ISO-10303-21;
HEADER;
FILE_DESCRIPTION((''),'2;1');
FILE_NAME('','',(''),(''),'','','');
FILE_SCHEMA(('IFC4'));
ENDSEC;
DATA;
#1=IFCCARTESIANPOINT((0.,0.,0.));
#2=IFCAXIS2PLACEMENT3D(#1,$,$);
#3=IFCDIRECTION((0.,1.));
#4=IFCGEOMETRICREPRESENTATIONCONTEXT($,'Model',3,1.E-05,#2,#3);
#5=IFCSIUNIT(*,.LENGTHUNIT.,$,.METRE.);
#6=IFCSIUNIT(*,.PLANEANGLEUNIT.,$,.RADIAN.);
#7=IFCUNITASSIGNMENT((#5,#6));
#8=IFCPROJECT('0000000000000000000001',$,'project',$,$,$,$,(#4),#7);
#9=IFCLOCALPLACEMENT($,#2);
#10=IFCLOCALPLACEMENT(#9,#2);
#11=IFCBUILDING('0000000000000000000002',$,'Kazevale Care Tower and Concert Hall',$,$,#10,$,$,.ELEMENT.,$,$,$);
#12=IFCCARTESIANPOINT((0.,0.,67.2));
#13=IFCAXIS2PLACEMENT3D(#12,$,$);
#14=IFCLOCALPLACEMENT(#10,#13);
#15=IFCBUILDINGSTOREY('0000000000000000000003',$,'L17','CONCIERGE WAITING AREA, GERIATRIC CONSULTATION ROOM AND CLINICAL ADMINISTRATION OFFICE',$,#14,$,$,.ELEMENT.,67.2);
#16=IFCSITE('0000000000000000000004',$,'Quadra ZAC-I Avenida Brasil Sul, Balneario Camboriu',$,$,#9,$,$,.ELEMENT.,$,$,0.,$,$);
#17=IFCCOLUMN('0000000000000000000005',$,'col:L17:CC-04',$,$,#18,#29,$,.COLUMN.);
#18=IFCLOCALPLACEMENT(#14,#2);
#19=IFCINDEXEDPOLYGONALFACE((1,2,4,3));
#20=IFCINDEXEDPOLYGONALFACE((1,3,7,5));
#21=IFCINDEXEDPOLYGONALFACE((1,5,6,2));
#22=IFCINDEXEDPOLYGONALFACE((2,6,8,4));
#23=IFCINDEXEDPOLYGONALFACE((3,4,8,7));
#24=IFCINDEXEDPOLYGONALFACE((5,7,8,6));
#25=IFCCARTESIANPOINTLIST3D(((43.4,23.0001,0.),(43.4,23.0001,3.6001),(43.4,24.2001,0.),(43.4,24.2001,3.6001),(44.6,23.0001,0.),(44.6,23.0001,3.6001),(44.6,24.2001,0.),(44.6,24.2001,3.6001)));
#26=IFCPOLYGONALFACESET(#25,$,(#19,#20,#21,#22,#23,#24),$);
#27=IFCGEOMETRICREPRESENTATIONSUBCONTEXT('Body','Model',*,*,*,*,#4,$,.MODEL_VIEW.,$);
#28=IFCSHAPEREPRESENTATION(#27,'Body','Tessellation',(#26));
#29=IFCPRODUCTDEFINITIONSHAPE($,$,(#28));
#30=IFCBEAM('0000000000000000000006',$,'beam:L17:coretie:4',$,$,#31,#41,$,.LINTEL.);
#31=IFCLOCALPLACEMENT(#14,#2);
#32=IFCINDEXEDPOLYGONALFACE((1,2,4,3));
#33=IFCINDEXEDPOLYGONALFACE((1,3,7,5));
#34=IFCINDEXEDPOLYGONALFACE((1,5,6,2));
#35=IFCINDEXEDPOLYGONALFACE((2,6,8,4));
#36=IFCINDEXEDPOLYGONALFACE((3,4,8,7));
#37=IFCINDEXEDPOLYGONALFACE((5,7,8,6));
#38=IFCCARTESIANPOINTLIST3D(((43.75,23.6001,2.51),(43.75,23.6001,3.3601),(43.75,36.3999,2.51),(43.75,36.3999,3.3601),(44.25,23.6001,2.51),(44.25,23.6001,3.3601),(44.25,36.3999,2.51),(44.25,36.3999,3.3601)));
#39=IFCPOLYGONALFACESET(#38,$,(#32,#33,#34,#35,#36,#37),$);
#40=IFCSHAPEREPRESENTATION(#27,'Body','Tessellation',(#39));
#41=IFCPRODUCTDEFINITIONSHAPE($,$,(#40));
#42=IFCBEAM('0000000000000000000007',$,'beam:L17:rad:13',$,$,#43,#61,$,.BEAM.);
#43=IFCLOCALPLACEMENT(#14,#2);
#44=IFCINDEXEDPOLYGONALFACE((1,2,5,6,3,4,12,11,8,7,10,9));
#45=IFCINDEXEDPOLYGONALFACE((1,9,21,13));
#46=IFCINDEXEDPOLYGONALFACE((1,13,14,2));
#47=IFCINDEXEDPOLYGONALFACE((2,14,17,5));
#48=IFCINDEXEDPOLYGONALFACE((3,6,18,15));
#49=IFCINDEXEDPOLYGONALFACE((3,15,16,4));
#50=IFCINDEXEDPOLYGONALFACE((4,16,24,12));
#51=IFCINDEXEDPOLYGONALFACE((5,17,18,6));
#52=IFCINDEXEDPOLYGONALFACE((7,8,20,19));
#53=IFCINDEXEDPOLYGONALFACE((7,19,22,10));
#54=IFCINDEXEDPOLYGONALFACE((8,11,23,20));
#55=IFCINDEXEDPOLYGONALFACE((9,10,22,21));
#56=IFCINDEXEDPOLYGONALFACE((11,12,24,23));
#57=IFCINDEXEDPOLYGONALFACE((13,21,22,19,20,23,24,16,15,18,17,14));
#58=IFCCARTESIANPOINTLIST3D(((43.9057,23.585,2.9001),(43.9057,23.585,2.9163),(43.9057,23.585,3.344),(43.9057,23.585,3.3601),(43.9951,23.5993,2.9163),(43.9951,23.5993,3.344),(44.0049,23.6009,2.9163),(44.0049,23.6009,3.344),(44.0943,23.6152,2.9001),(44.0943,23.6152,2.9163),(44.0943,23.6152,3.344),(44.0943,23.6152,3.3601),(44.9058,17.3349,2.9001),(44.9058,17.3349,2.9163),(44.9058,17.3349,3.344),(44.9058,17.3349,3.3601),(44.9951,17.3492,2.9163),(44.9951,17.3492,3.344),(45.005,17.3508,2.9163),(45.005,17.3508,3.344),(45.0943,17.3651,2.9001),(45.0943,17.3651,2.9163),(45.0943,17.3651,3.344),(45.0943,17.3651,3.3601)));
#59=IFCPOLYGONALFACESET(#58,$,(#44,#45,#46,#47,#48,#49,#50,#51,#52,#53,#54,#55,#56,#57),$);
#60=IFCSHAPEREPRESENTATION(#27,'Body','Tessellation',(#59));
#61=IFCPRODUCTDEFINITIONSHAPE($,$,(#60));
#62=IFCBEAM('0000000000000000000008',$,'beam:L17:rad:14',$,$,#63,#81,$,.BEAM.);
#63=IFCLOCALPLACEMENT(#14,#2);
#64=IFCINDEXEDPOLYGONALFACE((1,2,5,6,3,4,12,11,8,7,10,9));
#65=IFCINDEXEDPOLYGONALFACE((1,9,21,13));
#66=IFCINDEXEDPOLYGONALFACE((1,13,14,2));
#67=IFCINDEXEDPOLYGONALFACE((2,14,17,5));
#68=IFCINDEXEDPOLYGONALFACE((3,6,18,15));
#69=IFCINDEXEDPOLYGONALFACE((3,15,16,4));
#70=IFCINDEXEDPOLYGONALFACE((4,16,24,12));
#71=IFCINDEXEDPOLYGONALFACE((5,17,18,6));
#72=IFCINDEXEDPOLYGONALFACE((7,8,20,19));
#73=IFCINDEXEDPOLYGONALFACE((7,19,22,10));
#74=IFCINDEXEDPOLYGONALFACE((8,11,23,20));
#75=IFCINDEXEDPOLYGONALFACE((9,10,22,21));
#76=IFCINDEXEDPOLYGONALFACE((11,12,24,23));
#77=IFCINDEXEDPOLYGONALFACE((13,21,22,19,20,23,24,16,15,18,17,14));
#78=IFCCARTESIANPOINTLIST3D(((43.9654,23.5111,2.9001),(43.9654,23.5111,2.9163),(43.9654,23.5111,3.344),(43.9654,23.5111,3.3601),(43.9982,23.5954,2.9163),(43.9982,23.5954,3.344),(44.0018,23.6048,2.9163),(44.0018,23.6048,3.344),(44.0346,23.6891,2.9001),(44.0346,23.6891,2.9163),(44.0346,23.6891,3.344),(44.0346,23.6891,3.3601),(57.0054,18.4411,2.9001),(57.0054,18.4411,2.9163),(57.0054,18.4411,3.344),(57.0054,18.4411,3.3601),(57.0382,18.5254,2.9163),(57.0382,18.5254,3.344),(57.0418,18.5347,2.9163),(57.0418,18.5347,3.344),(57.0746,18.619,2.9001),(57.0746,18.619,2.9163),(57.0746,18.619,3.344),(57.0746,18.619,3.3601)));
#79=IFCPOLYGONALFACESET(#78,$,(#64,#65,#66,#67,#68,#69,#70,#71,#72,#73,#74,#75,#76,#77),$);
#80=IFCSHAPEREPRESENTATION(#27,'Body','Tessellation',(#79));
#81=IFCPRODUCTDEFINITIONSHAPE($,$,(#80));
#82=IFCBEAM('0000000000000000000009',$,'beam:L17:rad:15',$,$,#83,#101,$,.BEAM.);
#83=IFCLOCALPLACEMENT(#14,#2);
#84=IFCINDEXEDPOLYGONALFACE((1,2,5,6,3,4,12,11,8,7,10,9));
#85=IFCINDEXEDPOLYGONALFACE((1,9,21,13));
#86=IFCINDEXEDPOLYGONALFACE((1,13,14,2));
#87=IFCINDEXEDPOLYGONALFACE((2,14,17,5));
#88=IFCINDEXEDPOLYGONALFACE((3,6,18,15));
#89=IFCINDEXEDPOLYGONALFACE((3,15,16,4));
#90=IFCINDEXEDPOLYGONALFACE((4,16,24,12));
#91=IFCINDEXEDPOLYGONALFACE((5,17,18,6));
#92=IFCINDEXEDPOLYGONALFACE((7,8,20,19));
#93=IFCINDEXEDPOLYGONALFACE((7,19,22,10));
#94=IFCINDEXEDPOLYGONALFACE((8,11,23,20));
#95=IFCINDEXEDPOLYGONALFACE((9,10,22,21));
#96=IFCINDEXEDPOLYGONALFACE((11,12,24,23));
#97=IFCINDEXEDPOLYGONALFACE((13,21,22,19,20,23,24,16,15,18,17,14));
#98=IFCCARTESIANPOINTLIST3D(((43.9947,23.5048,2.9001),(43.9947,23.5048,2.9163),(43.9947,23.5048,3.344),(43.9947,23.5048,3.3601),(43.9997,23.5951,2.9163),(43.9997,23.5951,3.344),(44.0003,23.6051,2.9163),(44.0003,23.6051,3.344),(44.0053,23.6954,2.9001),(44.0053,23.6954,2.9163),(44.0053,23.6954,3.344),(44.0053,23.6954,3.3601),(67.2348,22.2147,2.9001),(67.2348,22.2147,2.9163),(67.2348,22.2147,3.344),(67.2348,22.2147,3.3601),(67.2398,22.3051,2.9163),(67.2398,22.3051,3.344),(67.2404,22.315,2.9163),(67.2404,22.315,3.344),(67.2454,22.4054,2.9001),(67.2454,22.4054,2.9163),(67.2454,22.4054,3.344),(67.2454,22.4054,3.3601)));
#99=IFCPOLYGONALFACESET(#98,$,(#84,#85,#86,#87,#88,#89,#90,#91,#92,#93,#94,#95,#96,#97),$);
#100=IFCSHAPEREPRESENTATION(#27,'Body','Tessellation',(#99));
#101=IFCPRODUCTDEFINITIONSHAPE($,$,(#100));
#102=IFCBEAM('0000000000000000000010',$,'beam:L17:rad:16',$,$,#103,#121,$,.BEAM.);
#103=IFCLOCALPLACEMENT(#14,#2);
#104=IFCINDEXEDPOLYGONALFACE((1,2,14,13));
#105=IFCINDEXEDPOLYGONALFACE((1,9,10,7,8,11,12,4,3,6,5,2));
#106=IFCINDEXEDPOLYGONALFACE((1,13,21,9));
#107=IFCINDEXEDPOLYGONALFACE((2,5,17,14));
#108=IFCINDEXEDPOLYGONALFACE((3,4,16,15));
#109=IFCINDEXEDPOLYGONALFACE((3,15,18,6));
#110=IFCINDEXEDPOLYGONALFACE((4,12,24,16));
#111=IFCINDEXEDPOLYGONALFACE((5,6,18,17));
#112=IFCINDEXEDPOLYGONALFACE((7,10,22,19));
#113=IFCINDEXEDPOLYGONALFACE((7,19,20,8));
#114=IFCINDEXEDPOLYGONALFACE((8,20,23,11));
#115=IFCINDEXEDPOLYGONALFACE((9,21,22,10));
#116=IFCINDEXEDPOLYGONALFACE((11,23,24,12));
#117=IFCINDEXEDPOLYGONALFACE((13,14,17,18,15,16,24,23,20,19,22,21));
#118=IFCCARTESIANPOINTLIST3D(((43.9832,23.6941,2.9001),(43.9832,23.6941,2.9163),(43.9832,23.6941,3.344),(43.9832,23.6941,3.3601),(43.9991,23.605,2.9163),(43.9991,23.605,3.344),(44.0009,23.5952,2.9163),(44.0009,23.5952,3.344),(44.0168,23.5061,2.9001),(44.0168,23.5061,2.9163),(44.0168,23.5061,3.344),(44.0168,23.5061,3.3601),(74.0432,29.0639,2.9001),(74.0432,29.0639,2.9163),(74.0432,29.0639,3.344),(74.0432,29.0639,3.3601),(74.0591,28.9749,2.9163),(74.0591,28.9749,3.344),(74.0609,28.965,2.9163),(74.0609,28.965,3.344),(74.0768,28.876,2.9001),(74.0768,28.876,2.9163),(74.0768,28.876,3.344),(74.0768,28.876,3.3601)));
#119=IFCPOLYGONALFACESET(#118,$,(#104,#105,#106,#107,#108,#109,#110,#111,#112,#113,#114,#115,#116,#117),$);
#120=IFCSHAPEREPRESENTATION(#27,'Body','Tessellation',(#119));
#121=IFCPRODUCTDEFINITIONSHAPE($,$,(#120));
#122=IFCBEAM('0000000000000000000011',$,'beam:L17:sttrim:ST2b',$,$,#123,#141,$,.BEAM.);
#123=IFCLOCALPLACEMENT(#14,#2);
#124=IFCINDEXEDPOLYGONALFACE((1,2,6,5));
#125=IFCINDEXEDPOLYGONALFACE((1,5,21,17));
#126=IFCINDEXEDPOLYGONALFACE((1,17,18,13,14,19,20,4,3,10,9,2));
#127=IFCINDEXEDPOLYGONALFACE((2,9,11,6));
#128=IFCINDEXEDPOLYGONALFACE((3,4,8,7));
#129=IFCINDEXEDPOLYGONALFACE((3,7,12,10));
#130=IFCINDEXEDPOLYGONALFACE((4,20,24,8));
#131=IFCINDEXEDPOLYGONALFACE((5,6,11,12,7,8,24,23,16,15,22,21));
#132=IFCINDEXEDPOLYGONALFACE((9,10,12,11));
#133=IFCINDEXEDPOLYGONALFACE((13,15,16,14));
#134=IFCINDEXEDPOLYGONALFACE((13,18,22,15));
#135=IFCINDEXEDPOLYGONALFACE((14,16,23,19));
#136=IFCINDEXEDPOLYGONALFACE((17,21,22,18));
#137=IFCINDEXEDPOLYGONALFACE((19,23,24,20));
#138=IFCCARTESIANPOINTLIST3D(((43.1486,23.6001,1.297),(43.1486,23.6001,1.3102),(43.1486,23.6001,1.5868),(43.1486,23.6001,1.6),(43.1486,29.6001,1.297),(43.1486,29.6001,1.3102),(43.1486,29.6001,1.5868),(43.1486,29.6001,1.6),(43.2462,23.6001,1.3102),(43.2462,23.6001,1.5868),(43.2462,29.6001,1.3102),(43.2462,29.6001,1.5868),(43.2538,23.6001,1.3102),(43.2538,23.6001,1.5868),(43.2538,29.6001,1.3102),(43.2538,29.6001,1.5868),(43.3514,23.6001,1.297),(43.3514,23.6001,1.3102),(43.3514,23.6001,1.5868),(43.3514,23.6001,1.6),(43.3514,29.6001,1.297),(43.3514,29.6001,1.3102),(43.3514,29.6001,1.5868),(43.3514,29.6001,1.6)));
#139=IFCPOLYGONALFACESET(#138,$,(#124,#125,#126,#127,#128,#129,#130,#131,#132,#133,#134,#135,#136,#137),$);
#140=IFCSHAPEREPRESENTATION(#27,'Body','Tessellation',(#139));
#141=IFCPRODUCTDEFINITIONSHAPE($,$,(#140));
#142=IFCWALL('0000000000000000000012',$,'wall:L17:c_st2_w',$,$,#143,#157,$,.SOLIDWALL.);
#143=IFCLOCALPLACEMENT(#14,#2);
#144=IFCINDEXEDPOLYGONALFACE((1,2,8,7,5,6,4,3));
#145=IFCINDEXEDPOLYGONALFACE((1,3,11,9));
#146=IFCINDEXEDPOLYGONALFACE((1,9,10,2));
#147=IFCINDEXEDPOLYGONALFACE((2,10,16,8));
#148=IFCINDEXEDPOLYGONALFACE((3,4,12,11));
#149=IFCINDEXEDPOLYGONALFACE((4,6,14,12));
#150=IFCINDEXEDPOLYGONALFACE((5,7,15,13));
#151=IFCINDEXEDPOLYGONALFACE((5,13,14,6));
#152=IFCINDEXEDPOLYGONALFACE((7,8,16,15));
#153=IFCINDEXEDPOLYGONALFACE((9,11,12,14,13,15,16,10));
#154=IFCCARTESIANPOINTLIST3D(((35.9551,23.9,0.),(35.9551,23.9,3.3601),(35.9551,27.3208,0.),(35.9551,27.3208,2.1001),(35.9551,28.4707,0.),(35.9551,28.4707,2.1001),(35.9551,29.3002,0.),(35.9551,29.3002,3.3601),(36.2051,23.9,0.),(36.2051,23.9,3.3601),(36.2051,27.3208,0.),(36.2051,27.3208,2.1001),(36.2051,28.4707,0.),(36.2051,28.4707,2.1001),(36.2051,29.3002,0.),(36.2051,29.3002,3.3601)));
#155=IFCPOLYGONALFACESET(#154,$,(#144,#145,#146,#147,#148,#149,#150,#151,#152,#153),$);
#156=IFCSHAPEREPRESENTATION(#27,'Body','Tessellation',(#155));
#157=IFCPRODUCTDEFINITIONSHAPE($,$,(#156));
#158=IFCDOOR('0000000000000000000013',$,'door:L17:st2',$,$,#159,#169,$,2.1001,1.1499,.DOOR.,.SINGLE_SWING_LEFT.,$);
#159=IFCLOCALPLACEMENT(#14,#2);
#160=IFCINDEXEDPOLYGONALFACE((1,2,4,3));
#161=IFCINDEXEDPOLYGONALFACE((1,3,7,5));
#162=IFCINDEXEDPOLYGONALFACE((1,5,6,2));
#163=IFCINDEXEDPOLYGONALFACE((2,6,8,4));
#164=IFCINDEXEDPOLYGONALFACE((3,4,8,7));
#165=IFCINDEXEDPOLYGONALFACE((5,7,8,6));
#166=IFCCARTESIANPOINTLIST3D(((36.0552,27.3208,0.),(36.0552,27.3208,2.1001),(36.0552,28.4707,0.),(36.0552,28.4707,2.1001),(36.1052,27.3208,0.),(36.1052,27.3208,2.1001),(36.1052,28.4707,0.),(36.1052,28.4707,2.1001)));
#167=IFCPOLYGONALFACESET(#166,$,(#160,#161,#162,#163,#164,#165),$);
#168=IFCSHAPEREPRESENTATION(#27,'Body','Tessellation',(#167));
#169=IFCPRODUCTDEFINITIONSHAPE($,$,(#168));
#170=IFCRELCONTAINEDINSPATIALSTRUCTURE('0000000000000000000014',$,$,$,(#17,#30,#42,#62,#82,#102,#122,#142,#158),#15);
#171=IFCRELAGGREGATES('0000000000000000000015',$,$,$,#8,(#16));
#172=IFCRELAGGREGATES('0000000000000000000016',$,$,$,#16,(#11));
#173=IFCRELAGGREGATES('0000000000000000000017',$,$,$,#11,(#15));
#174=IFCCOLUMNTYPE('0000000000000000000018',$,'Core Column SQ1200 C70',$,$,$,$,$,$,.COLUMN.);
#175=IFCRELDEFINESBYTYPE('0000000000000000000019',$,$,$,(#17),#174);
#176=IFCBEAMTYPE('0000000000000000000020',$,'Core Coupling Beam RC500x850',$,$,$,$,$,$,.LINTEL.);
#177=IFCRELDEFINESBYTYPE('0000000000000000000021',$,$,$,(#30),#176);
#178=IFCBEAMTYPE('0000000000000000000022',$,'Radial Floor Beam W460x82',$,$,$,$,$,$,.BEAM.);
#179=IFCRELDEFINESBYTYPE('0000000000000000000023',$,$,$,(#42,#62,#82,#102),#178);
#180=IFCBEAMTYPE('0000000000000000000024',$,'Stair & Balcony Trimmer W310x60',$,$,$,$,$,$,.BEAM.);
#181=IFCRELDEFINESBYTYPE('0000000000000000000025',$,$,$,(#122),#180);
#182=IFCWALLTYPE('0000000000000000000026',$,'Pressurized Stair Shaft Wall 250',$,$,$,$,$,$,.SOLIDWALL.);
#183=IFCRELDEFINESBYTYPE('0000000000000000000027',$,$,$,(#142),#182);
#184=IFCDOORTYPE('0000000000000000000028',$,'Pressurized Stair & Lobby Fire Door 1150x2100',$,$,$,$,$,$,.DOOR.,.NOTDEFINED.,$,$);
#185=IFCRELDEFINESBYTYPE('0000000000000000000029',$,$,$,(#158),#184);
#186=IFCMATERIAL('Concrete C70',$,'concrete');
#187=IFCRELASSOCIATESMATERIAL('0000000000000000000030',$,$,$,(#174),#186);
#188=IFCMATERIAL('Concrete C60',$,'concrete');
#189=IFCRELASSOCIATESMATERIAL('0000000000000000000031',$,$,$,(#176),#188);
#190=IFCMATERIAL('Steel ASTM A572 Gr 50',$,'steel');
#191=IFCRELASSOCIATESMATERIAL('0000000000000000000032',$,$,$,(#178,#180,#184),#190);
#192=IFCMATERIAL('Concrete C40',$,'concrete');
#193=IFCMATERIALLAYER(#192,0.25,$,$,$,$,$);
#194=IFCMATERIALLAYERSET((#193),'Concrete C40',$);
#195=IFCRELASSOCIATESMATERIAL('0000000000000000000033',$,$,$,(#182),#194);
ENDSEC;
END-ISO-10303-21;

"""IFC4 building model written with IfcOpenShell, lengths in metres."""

from ifc_helpers import new_model, si_unit, direction, frame, frame_2d, origin, origin_2d, place, context, subcontext, project, spatial, rectangle, i_section, extrude, material, layer, layer_set, material_profile, profile_set, type_object, element, fill, save


model = new_model("IFC4")

# Units and contexts
model_context = context("Model", 3, precision=1e-05, world=origin(), true_north=direction((0.0, 1.0)))
body_context = subcontext(model_context, "Body", "Model", "MODEL_VIEW")
ifc_project = project(units=[si_unit("LENGTHUNIT", "METRE"), si_unit("PLANEANGLEUNIT", "RADIAN")], contexts=[model_context])

# Site, building, storey
site_placement = place(None, origin())
site = spatial("IfcSite", under=ifc_project, at=site_placement, Name="Quadra ZAC-I Avenida Brasil Sul, Balneario Camboriu", CompositionType="ELEMENT", RefElevation=0.0)
building_placement = place(site_placement, origin())
building = spatial("IfcBuilding", under=site, at=building_placement, Name="Kazevale Care Tower and Concert Hall", CompositionType="ELEMENT")
storey_placement = place(building_placement, frame((0.0, 0.0, 67.2)))
storey = spatial("IfcBuildingStorey", under=building, at=storey_placement, Name="L17", Description="CONCIERGE WAITING AREA, GERIATRIC CONSULTATION ROOM AND CLINICAL ADMINISTRATION OFFICE", CompositionType="ELEMENT", Elevation=67.2)

# Column
ifc_material_1 = material(Name="Concrete C70", Category="concrete")
ifc_material_profile_1 = material_profile(ifc_material_1, rectangle(XDim=1.2, YDim=1.2, at=origin_2d()), Name="RC-SQ1200")
ifc_profile_set_1 = profile_set([ifc_material_profile_1], Name="Concrete C70")
column_type = type_object("IfcColumnType", Name="Core Column SQ1200 C70", PredefinedType="COLUMN", material=ifc_profile_set_1)
column_placement = place(storey_placement, frame((44.0, 23.6001, 0.0), z_axis=(0.0, 0.0, 1.0), x_axis=(1.0, 0.0, 0.0)))
element("IfcColumn", 1, at=column_placement, inside=storey, type_object=column_type, Name="col:L17:CC-04", PredefinedType="COLUMN", context=body_context, shape_type="SweptSolid", body=[
    extrude(rectangle(XDim=1.2, YDim=1.2, at=origin_2d()), origin(), (0.0, 0.0, 1.0), 3.6001),
])

# Beams
ifc_material_2 = material(Name="Concrete C60", Category="concrete")
ifc_material_profile_2 = material_profile(ifc_material_2, rectangle(XDim=0.5, YDim=0.8501, at=origin_2d()), Name="RC-B500x850")
ifc_profile_set_2 = profile_set([ifc_material_profile_2], Name="Concrete C60")
beam_type_1 = type_object("IfcBeamType", Name="Core Coupling Beam RC500x850", PredefinedType="LINTEL", material=ifc_profile_set_2)
beam_1_placement = place(storey_placement, frame((44.0, 23.6001, 2.9351), z_axis=(0.0, 1.0, 0.0), x_axis=(-1.0, 0.0, 0.0)))
element("IfcBeam", 2, at=beam_1_placement, inside=storey, type_object=beam_type_1, Name="beam:L17:coretie:4", PredefinedType="LINTEL", context=body_context, shape_type="SweptSolid", body=[
    extrude(rectangle(XDim=0.5, YDim=0.8501, at=origin_2d()), origin(), (0.0, 0.0, 1.0), 12.7998),
])
ifc_material_3 = material(Name="Steel ASTM A572 Gr 50", Category="steel")
ifc_material_profile_3 = material_profile(ifc_material_3, i_section(OverallWidth=0.1909, OverallDepth=0.46, WebThickness=0.01, FlangeThickness=0.0161, at=origin_2d()), Name="W460x82")
ifc_profile_set_3 = profile_set([ifc_material_profile_3], Name="Steel ASTM A572 Gr 50")
beam_type_2 = type_object("IfcBeamType", Name="Radial Floor Beam W460x82", PredefinedType="BEAM", material=ifc_profile_set_3)
beam_2_placement = place(storey_placement, frame((44.0, 23.6001, 3.1301), z_axis=(0.157991, -0.987441, 0.0), x_axis=(0.987441, 0.157991, 0.0)))
element("IfcBeam", 3, at=beam_2_placement, inside=storey, type_object=beam_type_2, Name="beam:L17:rad:13", PredefinedType="BEAM", context=body_context, shape_type="SweptSolid", body=[
    extrude(i_section(OverallWidth=0.1909, OverallDepth=0.46, WebThickness=0.01, FlangeThickness=0.0161, at=origin_2d()), origin(), (0.0, 0.0, 1.0), 6.3296),
])
beam_3_placement = place(storey_placement, frame((44.0, 23.6001, 3.1301), z_axis=(0.93203, -0.362381, 0.0), x_axis=(0.362381, 0.93203, 0.0)))
element("IfcBeam", 4, at=beam_3_placement, inside=storey, type_object=beam_type_2, Name="beam:L17:rad:14", PredefinedType="BEAM", context=body_context, shape_type="SweptSolid", body=[
    extrude(i_section(OverallWidth=0.1909, OverallDepth=0.46, WebThickness=0.01, FlangeThickness=0.0161, at=origin_2d()), origin(), (0.0, 0.0, 1.0), 13.991),
])
beam_4_placement = place(storey_placement, frame((44.0, 23.6001, 3.1301), z_axis=(0.998463, -0.055424, 0.0), x_axis=(0.055424, 0.998463, 0.0)))
element("IfcBeam", 5, at=beam_4_placement, inside=storey, type_object=beam_type_2, Name="beam:L17:rad:15", PredefinedType="BEAM", context=body_context, shape_type="SweptSolid", body=[
    extrude(i_section(OverallWidth=0.1909, OverallDepth=0.46, WebThickness=0.01, FlangeThickness=0.0161, at=origin_2d()), origin(), (0.0, 0.0, 1.0), 23.2759),
])
beam_5_placement = place(storey_placement, frame((44.0, 23.6001, 3.1301), z_axis=(0.984416, 0.175854, 0.0), x_axis=(-0.175854, 0.984416, 0.0)))
element("IfcBeam", 6, at=beam_5_placement, inside=storey, type_object=beam_type_2, Name="beam:L17:rad:16", PredefinedType="BEAM", context=body_context, shape_type="SweptSolid", body=[
    extrude(i_section(OverallWidth=0.1909, OverallDepth=0.46, WebThickness=0.01, FlangeThickness=0.0161, at=origin_2d()), origin(), (0.0, 0.0, 1.0), 30.5359),
])
ifc_material_profile_4 = material_profile(ifc_material_3, i_section(OverallWidth=0.2029, OverallDepth=0.303, WebThickness=0.0076, FlangeThickness=0.0132, at=origin_2d()), Name="W310x60")
ifc_profile_set_4 = profile_set([ifc_material_profile_4], Name="Steel ASTM A572 Gr 50")
beam_type_3 = type_object("IfcBeamType", Name="Stair & Balcony Trimmer W310x60", PredefinedType="BEAM", material=ifc_profile_set_4)
beam_6_placement = place(storey_placement, frame((43.25, 23.6001, 1.4485), z_axis=(0.0, 1.0, 0.0), x_axis=(-1.0, 0.0, 0.0)))
element("IfcBeam", 7, at=beam_6_placement, inside=storey, type_object=beam_type_3, Name="beam:L17:sttrim:ST2b", PredefinedType="BEAM", context=body_context, shape_type="SweptSolid", body=[
    extrude(i_section(OverallWidth=0.2029, OverallDepth=0.303, WebThickness=0.0076, FlangeThickness=0.0132, at=origin_2d()), origin(), (0.0, 0.0, 1.0), 6.0),
])

# Wall, opening, door
ifc_material_4 = material(Name="Concrete C40", Category="concrete")
ifc_layer_1 = layer(ifc_material_4, 0.25)
ifc_layer_set_1 = layer_set([ifc_layer_1], Name="Concrete C40")
wall_type_1 = type_object("IfcWallType", Name="Pressurized Stair Shaft Wall 250", PredefinedType="SOLIDWALL", material=ifc_layer_set_1)
wall_1_placement = place(storey_placement, frame((36.0801, 23.8999, 0.0), z_axis=(0.0, 0.0, 1.0), x_axis=(0.0, 1.0, 0.0)))
wall_1 = element("IfcWall", 8, at=wall_1_placement, inside=storey, type_object=wall_type_1, Name="wall:L17:c_st2_w", PredefinedType="SOLIDWALL", context=body_context, shape_type="SweptSolid", body=[
    extrude(rectangle(XDim=5.4001, YDim=0.25, at=frame_2d((2.7002, 0.0))), origin(), (0.0, 0.0, 1.0), 3.3601),
])
opening_1_placement = place(wall_1_placement, frame((3.4209, 0.0, 0.0)))
opening_1 = element("IfcOpeningElement", 9, at=opening_1_placement, cuts=wall_1, PredefinedType="OPENING", context=body_context, shape_type="SweptSolid", body=[
    extrude(rectangle(XDim=1.1499, YDim=2.1001, at=frame_2d((0.575, 1.05))), frame((0.0, 0.135, 0.0), z_axis=(0.0, -1.0, 0.0), x_axis=(1.0, 0.0, 0.0)), (0.0, 0.0, 1.0), 0.27),
])
door_type_1 = type_object("IfcDoorType", Name="Pressurized Stair & Lobby Fire Door 1150x2100", OperationType="NOTDEFINED", PredefinedType="DOOR", material=ifc_material_3)
door_1_placement = place(opening_1_placement, origin())
door_1 = element("IfcDoor", 10, at=door_1_placement, inside=storey, type_object=door_type_1, Name="door:L17:st2", OperationType="SINGLE_SWING_LEFT", OverallHeight=2.1001, OverallWidth=1.1499, PredefinedType="DOOR", context=body_context, shape_type="SweptSolid", body=[
    extrude(rectangle(XDim=1.1499, YDim=2.1001, at=frame_2d((0.575, 1.05))), frame((0.0, 0.0249, 0.0), z_axis=(0.0, -1.0, 0.0), x_axis=(1.0, 0.0, 0.0)), (0.0, 0.0, 1.0), 0.05),
])
fill(opening_1, door_1)

save(model, "model.ifc")
